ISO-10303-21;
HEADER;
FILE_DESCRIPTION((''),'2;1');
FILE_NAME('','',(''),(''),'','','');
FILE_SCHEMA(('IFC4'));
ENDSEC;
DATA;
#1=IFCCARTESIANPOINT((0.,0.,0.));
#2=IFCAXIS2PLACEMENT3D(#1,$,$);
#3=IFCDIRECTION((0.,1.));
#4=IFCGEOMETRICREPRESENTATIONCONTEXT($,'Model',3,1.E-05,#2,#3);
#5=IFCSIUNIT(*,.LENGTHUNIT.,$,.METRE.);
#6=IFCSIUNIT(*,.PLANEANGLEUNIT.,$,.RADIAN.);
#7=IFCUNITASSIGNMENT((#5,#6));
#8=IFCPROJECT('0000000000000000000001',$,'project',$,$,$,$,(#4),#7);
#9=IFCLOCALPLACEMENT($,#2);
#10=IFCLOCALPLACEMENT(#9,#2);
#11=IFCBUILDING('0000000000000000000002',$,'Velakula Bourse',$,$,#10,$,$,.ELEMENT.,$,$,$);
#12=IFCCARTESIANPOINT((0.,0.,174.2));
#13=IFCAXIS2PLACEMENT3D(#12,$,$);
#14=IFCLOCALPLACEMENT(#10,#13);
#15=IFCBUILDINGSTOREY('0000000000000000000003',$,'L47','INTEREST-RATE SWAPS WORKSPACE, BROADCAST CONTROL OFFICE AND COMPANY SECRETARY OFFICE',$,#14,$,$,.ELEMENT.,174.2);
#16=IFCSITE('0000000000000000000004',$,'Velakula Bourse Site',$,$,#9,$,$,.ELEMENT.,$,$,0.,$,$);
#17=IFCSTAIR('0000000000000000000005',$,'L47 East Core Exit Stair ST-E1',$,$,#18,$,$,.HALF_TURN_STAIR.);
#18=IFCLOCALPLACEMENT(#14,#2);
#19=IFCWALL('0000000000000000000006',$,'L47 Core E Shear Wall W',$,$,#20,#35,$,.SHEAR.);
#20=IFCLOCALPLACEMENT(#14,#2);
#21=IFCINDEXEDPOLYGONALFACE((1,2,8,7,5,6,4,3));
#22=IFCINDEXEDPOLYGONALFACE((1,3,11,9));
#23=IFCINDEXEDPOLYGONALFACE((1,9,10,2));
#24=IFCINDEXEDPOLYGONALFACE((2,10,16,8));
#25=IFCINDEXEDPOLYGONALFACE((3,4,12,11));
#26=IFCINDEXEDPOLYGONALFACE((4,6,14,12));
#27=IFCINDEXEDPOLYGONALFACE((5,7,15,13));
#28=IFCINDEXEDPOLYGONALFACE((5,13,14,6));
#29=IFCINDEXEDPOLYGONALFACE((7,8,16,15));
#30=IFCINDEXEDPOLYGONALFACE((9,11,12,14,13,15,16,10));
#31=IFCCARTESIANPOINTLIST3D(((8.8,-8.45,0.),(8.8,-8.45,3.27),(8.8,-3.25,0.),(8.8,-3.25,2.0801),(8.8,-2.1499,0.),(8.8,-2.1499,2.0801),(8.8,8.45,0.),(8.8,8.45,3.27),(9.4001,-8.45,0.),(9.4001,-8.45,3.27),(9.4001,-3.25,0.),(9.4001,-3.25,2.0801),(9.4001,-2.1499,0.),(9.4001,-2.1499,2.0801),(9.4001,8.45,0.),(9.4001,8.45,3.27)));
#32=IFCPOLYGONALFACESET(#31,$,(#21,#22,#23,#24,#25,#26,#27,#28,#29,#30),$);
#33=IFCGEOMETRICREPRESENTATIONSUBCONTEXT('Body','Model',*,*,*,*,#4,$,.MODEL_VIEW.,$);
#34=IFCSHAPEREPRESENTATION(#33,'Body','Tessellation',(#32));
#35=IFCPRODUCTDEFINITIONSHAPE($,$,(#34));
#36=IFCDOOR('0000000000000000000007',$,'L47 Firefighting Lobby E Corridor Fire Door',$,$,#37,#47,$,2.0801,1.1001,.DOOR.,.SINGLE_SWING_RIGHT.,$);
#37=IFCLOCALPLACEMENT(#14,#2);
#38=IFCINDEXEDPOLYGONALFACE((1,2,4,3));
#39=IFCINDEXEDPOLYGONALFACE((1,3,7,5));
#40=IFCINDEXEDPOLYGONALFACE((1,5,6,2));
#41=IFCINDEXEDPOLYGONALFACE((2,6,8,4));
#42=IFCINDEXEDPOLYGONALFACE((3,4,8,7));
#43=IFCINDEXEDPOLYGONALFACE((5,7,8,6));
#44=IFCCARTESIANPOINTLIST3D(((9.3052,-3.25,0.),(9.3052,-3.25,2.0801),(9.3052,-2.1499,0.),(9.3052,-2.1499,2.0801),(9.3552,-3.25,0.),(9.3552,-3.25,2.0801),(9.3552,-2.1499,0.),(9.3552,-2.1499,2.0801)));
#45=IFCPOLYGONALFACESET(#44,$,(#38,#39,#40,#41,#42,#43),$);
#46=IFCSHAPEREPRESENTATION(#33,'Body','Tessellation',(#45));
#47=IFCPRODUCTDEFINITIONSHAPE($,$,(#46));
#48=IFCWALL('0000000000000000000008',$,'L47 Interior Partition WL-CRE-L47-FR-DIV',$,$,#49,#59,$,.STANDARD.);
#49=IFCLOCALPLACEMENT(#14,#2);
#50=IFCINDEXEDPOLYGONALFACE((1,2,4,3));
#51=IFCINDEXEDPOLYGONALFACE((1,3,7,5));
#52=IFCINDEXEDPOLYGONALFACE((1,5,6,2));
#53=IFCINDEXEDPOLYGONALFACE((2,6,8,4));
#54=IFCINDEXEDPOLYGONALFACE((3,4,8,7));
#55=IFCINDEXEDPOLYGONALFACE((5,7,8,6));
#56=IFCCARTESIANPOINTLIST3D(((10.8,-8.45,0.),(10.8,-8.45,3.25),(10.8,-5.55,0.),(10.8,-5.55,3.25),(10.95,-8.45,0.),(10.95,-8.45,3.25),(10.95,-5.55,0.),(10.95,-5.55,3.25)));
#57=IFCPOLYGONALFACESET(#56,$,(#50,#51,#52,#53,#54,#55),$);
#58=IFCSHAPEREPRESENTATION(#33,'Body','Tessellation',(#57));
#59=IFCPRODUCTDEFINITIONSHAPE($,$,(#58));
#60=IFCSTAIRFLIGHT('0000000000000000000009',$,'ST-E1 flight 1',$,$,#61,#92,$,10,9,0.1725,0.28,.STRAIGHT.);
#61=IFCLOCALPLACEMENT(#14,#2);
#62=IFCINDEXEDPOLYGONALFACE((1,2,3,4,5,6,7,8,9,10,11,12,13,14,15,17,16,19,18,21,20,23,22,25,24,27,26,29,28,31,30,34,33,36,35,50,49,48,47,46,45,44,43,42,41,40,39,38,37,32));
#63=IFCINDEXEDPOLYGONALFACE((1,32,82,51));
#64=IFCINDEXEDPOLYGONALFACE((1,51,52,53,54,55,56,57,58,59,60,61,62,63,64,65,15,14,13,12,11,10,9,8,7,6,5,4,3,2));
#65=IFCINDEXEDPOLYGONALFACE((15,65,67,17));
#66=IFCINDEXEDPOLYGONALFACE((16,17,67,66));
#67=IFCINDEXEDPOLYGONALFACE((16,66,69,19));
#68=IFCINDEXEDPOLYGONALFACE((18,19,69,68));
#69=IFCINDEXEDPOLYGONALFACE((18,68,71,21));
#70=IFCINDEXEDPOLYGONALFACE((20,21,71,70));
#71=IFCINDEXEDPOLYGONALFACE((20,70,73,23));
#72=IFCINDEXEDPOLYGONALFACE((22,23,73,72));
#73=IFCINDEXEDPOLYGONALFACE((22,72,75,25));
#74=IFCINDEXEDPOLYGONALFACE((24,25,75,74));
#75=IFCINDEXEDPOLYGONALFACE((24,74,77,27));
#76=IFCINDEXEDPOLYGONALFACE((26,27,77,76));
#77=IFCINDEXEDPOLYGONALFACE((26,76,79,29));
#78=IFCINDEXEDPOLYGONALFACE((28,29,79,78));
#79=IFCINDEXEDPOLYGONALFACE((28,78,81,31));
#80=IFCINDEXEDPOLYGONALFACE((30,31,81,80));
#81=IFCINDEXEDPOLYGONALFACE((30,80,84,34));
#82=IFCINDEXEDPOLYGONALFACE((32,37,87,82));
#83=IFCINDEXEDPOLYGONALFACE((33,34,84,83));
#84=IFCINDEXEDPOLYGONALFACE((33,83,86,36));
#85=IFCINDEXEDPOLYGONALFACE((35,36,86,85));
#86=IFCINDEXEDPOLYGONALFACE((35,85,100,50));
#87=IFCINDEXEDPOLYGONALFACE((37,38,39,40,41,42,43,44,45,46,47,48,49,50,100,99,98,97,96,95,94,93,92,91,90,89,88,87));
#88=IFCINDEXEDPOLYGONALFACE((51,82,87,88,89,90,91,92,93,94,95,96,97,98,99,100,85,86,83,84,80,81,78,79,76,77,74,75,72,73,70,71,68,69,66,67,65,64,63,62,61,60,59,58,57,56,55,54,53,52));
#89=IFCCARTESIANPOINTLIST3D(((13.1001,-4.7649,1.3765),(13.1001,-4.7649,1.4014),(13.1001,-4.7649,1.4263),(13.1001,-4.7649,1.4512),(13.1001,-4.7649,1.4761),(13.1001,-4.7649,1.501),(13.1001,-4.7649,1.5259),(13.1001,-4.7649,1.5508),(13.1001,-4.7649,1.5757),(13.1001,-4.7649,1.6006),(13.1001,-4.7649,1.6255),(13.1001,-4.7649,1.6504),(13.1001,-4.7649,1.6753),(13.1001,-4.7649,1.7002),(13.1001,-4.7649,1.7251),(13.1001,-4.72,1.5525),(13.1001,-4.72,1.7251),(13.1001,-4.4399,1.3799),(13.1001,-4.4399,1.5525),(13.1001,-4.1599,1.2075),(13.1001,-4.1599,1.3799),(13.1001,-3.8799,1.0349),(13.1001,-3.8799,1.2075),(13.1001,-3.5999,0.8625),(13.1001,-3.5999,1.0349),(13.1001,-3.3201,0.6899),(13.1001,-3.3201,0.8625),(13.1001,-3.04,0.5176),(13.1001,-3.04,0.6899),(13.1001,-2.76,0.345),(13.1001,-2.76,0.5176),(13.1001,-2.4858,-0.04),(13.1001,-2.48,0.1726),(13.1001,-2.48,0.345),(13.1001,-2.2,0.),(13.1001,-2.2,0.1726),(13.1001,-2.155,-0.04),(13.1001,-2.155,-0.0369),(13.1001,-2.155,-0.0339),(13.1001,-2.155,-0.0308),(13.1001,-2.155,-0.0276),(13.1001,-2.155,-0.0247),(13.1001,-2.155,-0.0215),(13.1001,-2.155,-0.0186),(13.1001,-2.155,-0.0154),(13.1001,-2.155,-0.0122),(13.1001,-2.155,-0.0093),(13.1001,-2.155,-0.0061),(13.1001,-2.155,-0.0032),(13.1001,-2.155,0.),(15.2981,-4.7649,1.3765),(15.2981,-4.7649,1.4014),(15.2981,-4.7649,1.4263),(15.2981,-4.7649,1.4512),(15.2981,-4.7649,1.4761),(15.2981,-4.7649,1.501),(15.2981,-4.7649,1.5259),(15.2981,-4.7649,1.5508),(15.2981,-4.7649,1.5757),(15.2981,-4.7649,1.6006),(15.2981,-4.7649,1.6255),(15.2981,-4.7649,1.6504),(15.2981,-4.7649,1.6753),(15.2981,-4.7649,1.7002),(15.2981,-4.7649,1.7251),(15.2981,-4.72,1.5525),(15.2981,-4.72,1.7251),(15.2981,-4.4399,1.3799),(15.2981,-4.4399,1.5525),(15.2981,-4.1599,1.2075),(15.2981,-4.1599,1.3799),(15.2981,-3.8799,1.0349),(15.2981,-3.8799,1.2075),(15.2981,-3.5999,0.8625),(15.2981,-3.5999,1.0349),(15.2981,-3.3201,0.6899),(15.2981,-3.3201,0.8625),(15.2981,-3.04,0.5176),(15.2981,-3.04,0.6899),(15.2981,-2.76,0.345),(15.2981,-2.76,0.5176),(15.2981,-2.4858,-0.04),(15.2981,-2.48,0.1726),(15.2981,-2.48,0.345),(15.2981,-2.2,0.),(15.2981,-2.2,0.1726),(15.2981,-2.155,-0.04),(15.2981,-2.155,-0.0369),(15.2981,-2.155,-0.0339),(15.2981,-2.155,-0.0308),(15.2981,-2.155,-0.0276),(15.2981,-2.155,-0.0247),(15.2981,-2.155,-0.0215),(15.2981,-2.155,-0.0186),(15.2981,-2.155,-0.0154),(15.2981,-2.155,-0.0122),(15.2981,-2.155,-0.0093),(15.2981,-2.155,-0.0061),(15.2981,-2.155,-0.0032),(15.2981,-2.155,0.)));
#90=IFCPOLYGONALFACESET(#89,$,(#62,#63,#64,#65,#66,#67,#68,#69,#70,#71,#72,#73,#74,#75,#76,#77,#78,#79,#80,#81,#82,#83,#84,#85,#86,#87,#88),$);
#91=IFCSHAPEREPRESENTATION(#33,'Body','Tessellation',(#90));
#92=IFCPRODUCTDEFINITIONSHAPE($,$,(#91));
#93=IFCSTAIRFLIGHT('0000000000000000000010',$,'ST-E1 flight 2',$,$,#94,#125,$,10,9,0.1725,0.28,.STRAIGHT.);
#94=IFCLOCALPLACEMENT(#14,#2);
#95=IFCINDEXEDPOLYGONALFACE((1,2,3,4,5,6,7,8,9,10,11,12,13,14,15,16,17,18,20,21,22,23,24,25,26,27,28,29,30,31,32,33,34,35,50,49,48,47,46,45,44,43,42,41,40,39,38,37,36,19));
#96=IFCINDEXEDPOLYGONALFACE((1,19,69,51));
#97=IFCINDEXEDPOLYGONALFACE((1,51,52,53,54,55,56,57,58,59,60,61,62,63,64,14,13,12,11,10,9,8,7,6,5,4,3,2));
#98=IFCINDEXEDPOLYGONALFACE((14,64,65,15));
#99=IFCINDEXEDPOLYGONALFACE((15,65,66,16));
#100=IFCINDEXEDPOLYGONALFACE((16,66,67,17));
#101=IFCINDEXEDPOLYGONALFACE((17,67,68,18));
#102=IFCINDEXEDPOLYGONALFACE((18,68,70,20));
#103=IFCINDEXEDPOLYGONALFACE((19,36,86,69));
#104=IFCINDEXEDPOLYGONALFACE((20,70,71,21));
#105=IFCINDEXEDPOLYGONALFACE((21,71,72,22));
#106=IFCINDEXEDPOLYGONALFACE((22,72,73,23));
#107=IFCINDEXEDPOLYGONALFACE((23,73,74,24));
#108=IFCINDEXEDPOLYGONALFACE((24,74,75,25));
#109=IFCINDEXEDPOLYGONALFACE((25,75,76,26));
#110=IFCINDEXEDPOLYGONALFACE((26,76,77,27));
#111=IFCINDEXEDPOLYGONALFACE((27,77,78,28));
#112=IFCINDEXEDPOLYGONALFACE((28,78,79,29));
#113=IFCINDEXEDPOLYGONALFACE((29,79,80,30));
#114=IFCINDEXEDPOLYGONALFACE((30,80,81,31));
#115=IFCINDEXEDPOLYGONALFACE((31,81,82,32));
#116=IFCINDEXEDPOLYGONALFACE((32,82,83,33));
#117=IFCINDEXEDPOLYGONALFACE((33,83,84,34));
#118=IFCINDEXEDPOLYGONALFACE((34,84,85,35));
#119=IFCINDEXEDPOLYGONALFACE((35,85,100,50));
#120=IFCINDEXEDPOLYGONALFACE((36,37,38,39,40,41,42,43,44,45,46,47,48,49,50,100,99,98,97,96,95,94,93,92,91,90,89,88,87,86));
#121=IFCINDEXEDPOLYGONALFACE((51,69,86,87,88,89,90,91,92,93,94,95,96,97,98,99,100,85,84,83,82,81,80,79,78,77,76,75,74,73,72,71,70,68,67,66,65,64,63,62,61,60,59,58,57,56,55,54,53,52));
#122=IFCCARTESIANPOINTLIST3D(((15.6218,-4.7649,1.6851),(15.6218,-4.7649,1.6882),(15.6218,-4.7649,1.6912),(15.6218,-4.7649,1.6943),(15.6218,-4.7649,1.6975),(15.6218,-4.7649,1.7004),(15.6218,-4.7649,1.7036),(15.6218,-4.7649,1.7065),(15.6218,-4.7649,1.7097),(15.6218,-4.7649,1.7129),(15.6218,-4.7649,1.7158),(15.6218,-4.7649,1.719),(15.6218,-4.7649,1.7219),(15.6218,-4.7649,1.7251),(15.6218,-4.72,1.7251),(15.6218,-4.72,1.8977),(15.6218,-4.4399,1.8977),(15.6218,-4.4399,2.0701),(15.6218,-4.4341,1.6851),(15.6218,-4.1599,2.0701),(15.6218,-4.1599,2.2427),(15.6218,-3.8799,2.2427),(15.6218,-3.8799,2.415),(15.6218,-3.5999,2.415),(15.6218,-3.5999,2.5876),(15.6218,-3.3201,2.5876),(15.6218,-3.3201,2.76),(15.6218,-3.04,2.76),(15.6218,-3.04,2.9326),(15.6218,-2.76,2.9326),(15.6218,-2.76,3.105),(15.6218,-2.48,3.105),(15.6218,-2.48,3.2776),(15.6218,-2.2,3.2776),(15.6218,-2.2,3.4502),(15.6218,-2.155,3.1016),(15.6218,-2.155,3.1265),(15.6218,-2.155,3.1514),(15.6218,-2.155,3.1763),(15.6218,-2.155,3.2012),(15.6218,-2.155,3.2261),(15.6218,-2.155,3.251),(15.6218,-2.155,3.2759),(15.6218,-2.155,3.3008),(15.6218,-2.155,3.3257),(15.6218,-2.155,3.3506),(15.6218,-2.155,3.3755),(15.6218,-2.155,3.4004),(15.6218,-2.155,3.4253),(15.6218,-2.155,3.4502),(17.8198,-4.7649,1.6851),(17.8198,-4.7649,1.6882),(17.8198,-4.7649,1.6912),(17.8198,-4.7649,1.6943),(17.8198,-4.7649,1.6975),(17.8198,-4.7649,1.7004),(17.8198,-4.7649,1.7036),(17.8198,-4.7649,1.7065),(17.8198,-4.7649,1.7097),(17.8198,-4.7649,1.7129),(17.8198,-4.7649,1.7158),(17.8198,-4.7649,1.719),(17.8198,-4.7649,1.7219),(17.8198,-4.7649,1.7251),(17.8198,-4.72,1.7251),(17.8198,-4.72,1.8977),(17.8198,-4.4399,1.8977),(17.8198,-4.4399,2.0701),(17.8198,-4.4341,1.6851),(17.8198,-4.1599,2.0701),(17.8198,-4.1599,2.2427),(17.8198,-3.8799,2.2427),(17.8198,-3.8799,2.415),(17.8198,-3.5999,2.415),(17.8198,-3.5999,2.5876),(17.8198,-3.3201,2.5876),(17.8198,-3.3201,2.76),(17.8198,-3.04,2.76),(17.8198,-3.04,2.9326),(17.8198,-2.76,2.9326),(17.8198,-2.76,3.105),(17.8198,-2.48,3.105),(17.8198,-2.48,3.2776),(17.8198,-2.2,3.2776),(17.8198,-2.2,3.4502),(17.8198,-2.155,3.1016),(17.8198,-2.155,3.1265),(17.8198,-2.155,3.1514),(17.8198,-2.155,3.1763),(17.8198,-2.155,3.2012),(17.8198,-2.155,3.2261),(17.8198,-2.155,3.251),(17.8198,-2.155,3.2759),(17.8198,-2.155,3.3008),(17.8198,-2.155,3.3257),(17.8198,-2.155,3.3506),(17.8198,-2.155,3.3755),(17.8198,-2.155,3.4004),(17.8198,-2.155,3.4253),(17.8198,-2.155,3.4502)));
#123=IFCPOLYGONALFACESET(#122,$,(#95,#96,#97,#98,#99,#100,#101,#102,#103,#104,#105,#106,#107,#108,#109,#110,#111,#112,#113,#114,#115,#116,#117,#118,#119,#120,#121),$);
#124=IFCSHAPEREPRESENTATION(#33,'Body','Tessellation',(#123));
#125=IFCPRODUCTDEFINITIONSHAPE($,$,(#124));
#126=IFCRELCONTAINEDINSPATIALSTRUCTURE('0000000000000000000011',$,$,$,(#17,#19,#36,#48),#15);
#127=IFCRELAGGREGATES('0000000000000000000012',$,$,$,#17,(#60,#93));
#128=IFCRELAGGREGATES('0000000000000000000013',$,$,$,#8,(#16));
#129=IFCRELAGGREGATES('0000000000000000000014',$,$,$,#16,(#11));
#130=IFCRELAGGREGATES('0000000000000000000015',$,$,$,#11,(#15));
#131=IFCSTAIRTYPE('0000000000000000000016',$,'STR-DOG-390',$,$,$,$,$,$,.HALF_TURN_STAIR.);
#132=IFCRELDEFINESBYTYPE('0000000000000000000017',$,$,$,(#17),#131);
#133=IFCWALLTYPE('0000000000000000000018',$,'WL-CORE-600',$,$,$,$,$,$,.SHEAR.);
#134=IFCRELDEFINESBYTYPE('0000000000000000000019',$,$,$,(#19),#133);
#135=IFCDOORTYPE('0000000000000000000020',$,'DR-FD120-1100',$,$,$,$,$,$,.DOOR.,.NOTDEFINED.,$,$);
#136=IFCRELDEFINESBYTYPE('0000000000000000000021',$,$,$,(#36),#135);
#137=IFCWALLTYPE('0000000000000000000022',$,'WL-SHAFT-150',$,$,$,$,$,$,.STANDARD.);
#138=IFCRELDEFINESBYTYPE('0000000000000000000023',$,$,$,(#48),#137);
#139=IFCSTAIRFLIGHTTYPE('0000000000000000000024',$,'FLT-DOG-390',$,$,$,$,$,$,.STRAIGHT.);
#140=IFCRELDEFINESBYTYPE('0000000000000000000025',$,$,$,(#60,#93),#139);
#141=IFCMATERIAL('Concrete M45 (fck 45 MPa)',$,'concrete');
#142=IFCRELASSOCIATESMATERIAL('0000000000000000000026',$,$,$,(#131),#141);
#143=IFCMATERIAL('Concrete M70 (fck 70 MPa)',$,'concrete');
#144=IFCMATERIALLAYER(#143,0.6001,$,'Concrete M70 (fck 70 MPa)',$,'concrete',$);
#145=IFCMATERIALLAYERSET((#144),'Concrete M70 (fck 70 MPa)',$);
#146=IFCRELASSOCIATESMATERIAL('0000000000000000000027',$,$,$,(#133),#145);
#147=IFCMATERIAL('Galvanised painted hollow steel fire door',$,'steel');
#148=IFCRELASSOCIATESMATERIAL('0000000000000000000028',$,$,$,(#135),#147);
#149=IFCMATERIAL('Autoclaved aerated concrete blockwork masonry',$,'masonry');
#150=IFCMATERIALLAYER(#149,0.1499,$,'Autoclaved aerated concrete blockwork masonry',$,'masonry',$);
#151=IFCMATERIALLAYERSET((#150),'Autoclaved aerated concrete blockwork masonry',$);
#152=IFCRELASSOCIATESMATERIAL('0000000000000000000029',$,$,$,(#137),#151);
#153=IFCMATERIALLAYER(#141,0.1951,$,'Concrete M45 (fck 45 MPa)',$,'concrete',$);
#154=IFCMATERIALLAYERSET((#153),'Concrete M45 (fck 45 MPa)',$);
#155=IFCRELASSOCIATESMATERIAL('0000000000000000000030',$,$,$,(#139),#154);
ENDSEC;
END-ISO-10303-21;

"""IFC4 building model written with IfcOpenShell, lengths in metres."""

from ifc_helpers import new_model, si_unit, direction, frame, frame_2d, origin, place, context, subcontext, project, spatial, polyline, rectangle, outline, extrude, material, layer, layer_set, type_object, element, fill, aggregate, save


model = new_model("IFC4")

# Units and contexts
model_context = context("Model", 3, precision=1e-05, world=origin(), true_north=direction((0.0, 1.0)))
body_context = subcontext(model_context, "Body", "Model", "MODEL_VIEW")
ifc_project = project(units=[si_unit("LENGTHUNIT", "METRE"), si_unit("PLANEANGLEUNIT", "RADIAN")], contexts=[model_context])

# Site, building, storey
site_placement = place(None, origin())
site = spatial("IfcSite", under=ifc_project, at=site_placement, Name="Velakula Bourse Site", CompositionType="ELEMENT", RefElevation=0.0)
building_placement = place(site_placement, origin())
building = spatial("IfcBuilding", under=site, at=building_placement, Name="Velakula Bourse", CompositionType="ELEMENT")
storey_placement = place(building_placement, frame((0.0, 0.0, 174.2)))
storey = spatial("IfcBuildingStorey", under=building, at=storey_placement, Name="L47", Description="INTEREST-RATE SWAPS WORKSPACE, BROADCAST CONTROL OFFICE AND COMPANY SECRETARY OFFICE", CompositionType="ELEMENT", Elevation=174.2)

# Shared definitions
ifc_material_1 = material(Name="Concrete M70 (fck 70 MPa)", Category="concrete")

# Stair
ifc_material_2 = material(Name="Concrete M45 (fck 45 MPa)", Category="concrete")
stair_type = type_object("IfcStairType", Name="STR-DOG-390", PredefinedType="HALF_TURN_STAIR", material=ifc_material_2)
stair_1_placement = place(storey_placement, origin())
stair_1 = element("IfcStair", 1, at=stair_1_placement, inside=storey, type_object=stair_type, Name="L47 East Core Exit Stair ST-E1", PredefinedType="HALF_TURN_STAIR")

# Shared definitions
ifc_material_3 = material(Name="Galvanised painted hollow steel fire door", Category="steel")

# Wall, opening, door
ifc_layer_1 = layer(ifc_material_1, 0.6001, Name="Concrete M70 (fck 70 MPa)", Category="concrete")
ifc_layer_set_1 = layer_set([ifc_layer_1], Name="Concrete M70 (fck 70 MPa)")
wall_type_1 = type_object("IfcWallType", Name="WL-CORE-600", PredefinedType="SHEAR", material=ifc_layer_set_1)
wall_1_placement = place(storey_placement, frame((9.1001, -8.45, 0.0), z_axis=(0.0, 0.0, 1.0), x_axis=(0.0, 1.0, 0.0)))
wall_1 = element("IfcWall", 2, at=wall_1_placement, inside=storey, type_object=wall_type_1, Name="L47 Core E Shear Wall W", PredefinedType="SHEAR", context=body_context, shape_type="SweptSolid", body=[
    extrude(rectangle(XDim=16.8999, YDim=0.6001, at=frame_2d((8.45, 0.0))), origin(), (0.0, 0.0, 1.0), 3.27),
])
opening_1_placement = place(wall_1_placement, frame((5.2, 0.0, 0.0)))
opening_1 = element("IfcOpeningElement", 3, at=opening_1_placement, cuts=wall_1, PredefinedType="OPENING", context=body_context, shape_type="SweptSolid", body=[
    extrude(rectangle(XDim=1.1001, YDim=2.0801, at=frame_2d((0.55, 1.04))), frame((0.0, 0.3101, 0.0), z_axis=(0.0, -1.0, 0.0), x_axis=(1.0, 0.0, 0.0)), (0.0, 0.0, 1.0), 0.6201),
])
door_type_1 = type_object("IfcDoorType", Name="DR-FD120-1100", OperationType="NOTDEFINED", PredefinedType="DOOR", material=ifc_material_3)
door_1_placement = place(opening_1_placement, origin())
door_1 = element("IfcDoor", 4, at=door_1_placement, inside=storey, type_object=door_type_1, Name="L47 Firefighting Lobby E Corridor Fire Door", OperationType="SINGLE_SWING_RIGHT", OverallHeight=2.0801, OverallWidth=1.1001, PredefinedType="DOOR", context=body_context, shape_type="SweptSolid", body=[
    extrude(rectangle(XDim=1.1001, YDim=2.0801, at=frame_2d((0.55, 1.04))), frame((0.0, -0.2051, 0.0), z_axis=(0.0, -1.0, 0.0), x_axis=(1.0, 0.0, 0.0)), (0.0, 0.0, 1.0), 0.05),
])
fill(opening_1, door_1)

# Shared definitions
ifc_material_4 = material(Name="Autoclaved aerated concrete blockwork masonry", Category="masonry")
ifc_layer_2 = layer(ifc_material_4, 0.1499, Name="Autoclaved aerated concrete blockwork masonry", Category="masonry")
ifc_layer_set_2 = layer_set([ifc_layer_2], Name="Autoclaved aerated concrete blockwork masonry")
wall_type_2 = type_object("IfcWallType", Name="WL-SHAFT-150", PredefinedType="STANDARD", material=ifc_layer_set_2)

# Wall
wall_2_placement = place(storey_placement, frame((10.875, -8.45, 0.0), z_axis=(0.0, 0.0, 1.0), x_axis=(0.0, 1.0, 0.0)))
element("IfcWall", 5, at=wall_2_placement, inside=storey, type_object=wall_type_2, Name="L47 Interior Partition WL-CRE-L47-FR-DIV", PredefinedType="STANDARD", context=body_context, shape_type="SweptSolid", body=[
    extrude(rectangle(XDim=2.8999, YDim=0.1499, at=frame_2d((1.45, 0.0))), origin(), (0.0, 0.0, 1.0), 3.25),
])

# Stair flights
ifc_layer_3 = layer(ifc_material_2, 0.1951, Name="Concrete M45 (fck 45 MPa)", Category="concrete")
ifc_layer_set_3 = layer_set([ifc_layer_3], Name="Concrete M45 (fck 45 MPa)")
stair_flight_type = type_object("IfcStairFlightType", Name="FLT-DOG-390", PredefinedType="STRAIGHT", material=ifc_layer_set_3)
stair_flight_1_placement = place(storey_placement, frame((14.199, -2.2, 0.0), z_axis=(0.0, 0.0, 1.0), x_axis=(0.0, -1.0, 0.0)))
stair_flight_1 = element("IfcStairFlight", 6, at=stair_flight_1_placement, type_object=stair_flight_type, Name="ST-E1 flight 1", NumberOfRisers=10, NumberOfTreads=9, PredefinedType="STRAIGHT", RiserHeight=0.1725, TreadLength=0.28, context=body_context, shape_type="SweptSolid", body=[
    extrude(outline(polyline([(-0.0449, -0.04), (-0.0449, -0.0369), (-0.0449, -0.0339), (-0.0449, -0.0308), (-0.0449, -0.0276), (-0.0449, -0.0247), (-0.0449, -0.0215), (-0.0449, -0.0186), (-0.0449, -0.0154), (-0.0449, -0.0122), (-0.0449, -0.0093), (-0.0449, -0.0061), (-0.0449, -0.0032), (-0.0449, 0.0), (0.0, 0.0), (0.0, 0.1726), (0.28, 0.1726), (0.28, 0.345), (0.5601, 0.345), (0.5601, 0.5176), (0.8401, 0.5176), (0.8401, 0.6899), (1.1201, 0.6899), (1.1201, 0.8625), (1.3999, 0.8625), (1.3999, 1.0349), (1.6799, 1.0349), (1.6799, 1.2075), (1.96, 1.2075), (1.96, 1.3799), (2.24, 1.3799), (2.24, 1.5525), (2.52, 1.5525), (2.52, 1.7251), (2.5649, 1.7251), (2.5649, 1.7002), (2.5649, 1.6753), (2.5649, 1.6504), (2.5649, 1.6255), (2.5649, 1.6006), (2.5649, 1.5757), (2.5649, 1.5508), (2.5649, 1.5259), (2.5649, 1.501), (2.5649, 1.4761), (2.5649, 1.4512), (2.5649, 1.4263), (2.5649, 1.4014), (2.5649, 1.3765), (0.2859, -0.04), (-0.0449, -0.04)])), frame((0.0, 1.0991, 0.0), z_axis=(0.0, -1.0, 0.0), x_axis=(1.0, 0.0, 0.0)), (0.0, 0.0, 1.0), 2.198),
])
stair_flight_2_placement = place(storey_placement, frame((16.7209, -4.72, 1.7251), z_axis=(0.0, 0.0, 1.0), x_axis=(0.0, 1.0, 0.0)))
stair_flight_2 = element("IfcStairFlight", 7, at=stair_flight_2_placement, type_object=stair_flight_type, Name="ST-E1 flight 2", NumberOfRisers=10, NumberOfTreads=9, PredefinedType="STRAIGHT", RiserHeight=0.1725, TreadLength=0.28, context=body_context, shape_type="SweptSolid", body=[
    extrude(outline(polyline([(-0.0449, -0.04), (-0.0449, -0.0369), (-0.0449, -0.0339), (-0.0449, -0.0308), (-0.0449, -0.0276), (-0.0449, -0.0247), (-0.0449, -0.0215), (-0.0449, -0.0186), (-0.0449, -0.0154), (-0.0449, -0.0122), (-0.0449, -0.0093), (-0.0449, -0.0061), (-0.0449, -0.0032), (-0.0449, 0.0), (0.0, 0.0), (0.0, 0.1726), (0.28, 0.1726), (0.28, 0.345), (0.5601, 0.345), (0.5601, 0.5176), (0.8401, 0.5176), (0.8401, 0.6899), (1.1201, 0.6899), (1.1201, 0.8625), (1.3999, 0.8625), (1.3999, 1.0349), (1.6799, 1.0349), (1.6799, 1.2075), (1.96, 1.2075), (1.96, 1.3799), (2.24, 1.3799), (2.24, 1.5525), (2.52, 1.5525), (2.52, 1.7251), (2.5649, 1.7251), (2.5649, 1.7002), (2.5649, 1.6753), (2.5649, 1.6504), (2.5649, 1.6255), (2.5649, 1.6006), (2.5649, 1.5757), (2.5649, 1.5508), (2.5649, 1.5259), (2.5649, 1.501), (2.5649, 1.4761), (2.5649, 1.4512), (2.5649, 1.4263), (2.5649, 1.4014), (2.5649, 1.3765), (0.2859, -0.04), (-0.0449, -0.04)])), frame((0.0, 1.0991, 0.0), z_axis=(0.0, -1.0, 0.0), x_axis=(1.0, 0.0, 0.0)), (0.0, 0.0, 1.0), 2.198),
])
aggregate(stair_1, [stair_flight_1, stair_flight_2])

save(model, "model.ifc")
